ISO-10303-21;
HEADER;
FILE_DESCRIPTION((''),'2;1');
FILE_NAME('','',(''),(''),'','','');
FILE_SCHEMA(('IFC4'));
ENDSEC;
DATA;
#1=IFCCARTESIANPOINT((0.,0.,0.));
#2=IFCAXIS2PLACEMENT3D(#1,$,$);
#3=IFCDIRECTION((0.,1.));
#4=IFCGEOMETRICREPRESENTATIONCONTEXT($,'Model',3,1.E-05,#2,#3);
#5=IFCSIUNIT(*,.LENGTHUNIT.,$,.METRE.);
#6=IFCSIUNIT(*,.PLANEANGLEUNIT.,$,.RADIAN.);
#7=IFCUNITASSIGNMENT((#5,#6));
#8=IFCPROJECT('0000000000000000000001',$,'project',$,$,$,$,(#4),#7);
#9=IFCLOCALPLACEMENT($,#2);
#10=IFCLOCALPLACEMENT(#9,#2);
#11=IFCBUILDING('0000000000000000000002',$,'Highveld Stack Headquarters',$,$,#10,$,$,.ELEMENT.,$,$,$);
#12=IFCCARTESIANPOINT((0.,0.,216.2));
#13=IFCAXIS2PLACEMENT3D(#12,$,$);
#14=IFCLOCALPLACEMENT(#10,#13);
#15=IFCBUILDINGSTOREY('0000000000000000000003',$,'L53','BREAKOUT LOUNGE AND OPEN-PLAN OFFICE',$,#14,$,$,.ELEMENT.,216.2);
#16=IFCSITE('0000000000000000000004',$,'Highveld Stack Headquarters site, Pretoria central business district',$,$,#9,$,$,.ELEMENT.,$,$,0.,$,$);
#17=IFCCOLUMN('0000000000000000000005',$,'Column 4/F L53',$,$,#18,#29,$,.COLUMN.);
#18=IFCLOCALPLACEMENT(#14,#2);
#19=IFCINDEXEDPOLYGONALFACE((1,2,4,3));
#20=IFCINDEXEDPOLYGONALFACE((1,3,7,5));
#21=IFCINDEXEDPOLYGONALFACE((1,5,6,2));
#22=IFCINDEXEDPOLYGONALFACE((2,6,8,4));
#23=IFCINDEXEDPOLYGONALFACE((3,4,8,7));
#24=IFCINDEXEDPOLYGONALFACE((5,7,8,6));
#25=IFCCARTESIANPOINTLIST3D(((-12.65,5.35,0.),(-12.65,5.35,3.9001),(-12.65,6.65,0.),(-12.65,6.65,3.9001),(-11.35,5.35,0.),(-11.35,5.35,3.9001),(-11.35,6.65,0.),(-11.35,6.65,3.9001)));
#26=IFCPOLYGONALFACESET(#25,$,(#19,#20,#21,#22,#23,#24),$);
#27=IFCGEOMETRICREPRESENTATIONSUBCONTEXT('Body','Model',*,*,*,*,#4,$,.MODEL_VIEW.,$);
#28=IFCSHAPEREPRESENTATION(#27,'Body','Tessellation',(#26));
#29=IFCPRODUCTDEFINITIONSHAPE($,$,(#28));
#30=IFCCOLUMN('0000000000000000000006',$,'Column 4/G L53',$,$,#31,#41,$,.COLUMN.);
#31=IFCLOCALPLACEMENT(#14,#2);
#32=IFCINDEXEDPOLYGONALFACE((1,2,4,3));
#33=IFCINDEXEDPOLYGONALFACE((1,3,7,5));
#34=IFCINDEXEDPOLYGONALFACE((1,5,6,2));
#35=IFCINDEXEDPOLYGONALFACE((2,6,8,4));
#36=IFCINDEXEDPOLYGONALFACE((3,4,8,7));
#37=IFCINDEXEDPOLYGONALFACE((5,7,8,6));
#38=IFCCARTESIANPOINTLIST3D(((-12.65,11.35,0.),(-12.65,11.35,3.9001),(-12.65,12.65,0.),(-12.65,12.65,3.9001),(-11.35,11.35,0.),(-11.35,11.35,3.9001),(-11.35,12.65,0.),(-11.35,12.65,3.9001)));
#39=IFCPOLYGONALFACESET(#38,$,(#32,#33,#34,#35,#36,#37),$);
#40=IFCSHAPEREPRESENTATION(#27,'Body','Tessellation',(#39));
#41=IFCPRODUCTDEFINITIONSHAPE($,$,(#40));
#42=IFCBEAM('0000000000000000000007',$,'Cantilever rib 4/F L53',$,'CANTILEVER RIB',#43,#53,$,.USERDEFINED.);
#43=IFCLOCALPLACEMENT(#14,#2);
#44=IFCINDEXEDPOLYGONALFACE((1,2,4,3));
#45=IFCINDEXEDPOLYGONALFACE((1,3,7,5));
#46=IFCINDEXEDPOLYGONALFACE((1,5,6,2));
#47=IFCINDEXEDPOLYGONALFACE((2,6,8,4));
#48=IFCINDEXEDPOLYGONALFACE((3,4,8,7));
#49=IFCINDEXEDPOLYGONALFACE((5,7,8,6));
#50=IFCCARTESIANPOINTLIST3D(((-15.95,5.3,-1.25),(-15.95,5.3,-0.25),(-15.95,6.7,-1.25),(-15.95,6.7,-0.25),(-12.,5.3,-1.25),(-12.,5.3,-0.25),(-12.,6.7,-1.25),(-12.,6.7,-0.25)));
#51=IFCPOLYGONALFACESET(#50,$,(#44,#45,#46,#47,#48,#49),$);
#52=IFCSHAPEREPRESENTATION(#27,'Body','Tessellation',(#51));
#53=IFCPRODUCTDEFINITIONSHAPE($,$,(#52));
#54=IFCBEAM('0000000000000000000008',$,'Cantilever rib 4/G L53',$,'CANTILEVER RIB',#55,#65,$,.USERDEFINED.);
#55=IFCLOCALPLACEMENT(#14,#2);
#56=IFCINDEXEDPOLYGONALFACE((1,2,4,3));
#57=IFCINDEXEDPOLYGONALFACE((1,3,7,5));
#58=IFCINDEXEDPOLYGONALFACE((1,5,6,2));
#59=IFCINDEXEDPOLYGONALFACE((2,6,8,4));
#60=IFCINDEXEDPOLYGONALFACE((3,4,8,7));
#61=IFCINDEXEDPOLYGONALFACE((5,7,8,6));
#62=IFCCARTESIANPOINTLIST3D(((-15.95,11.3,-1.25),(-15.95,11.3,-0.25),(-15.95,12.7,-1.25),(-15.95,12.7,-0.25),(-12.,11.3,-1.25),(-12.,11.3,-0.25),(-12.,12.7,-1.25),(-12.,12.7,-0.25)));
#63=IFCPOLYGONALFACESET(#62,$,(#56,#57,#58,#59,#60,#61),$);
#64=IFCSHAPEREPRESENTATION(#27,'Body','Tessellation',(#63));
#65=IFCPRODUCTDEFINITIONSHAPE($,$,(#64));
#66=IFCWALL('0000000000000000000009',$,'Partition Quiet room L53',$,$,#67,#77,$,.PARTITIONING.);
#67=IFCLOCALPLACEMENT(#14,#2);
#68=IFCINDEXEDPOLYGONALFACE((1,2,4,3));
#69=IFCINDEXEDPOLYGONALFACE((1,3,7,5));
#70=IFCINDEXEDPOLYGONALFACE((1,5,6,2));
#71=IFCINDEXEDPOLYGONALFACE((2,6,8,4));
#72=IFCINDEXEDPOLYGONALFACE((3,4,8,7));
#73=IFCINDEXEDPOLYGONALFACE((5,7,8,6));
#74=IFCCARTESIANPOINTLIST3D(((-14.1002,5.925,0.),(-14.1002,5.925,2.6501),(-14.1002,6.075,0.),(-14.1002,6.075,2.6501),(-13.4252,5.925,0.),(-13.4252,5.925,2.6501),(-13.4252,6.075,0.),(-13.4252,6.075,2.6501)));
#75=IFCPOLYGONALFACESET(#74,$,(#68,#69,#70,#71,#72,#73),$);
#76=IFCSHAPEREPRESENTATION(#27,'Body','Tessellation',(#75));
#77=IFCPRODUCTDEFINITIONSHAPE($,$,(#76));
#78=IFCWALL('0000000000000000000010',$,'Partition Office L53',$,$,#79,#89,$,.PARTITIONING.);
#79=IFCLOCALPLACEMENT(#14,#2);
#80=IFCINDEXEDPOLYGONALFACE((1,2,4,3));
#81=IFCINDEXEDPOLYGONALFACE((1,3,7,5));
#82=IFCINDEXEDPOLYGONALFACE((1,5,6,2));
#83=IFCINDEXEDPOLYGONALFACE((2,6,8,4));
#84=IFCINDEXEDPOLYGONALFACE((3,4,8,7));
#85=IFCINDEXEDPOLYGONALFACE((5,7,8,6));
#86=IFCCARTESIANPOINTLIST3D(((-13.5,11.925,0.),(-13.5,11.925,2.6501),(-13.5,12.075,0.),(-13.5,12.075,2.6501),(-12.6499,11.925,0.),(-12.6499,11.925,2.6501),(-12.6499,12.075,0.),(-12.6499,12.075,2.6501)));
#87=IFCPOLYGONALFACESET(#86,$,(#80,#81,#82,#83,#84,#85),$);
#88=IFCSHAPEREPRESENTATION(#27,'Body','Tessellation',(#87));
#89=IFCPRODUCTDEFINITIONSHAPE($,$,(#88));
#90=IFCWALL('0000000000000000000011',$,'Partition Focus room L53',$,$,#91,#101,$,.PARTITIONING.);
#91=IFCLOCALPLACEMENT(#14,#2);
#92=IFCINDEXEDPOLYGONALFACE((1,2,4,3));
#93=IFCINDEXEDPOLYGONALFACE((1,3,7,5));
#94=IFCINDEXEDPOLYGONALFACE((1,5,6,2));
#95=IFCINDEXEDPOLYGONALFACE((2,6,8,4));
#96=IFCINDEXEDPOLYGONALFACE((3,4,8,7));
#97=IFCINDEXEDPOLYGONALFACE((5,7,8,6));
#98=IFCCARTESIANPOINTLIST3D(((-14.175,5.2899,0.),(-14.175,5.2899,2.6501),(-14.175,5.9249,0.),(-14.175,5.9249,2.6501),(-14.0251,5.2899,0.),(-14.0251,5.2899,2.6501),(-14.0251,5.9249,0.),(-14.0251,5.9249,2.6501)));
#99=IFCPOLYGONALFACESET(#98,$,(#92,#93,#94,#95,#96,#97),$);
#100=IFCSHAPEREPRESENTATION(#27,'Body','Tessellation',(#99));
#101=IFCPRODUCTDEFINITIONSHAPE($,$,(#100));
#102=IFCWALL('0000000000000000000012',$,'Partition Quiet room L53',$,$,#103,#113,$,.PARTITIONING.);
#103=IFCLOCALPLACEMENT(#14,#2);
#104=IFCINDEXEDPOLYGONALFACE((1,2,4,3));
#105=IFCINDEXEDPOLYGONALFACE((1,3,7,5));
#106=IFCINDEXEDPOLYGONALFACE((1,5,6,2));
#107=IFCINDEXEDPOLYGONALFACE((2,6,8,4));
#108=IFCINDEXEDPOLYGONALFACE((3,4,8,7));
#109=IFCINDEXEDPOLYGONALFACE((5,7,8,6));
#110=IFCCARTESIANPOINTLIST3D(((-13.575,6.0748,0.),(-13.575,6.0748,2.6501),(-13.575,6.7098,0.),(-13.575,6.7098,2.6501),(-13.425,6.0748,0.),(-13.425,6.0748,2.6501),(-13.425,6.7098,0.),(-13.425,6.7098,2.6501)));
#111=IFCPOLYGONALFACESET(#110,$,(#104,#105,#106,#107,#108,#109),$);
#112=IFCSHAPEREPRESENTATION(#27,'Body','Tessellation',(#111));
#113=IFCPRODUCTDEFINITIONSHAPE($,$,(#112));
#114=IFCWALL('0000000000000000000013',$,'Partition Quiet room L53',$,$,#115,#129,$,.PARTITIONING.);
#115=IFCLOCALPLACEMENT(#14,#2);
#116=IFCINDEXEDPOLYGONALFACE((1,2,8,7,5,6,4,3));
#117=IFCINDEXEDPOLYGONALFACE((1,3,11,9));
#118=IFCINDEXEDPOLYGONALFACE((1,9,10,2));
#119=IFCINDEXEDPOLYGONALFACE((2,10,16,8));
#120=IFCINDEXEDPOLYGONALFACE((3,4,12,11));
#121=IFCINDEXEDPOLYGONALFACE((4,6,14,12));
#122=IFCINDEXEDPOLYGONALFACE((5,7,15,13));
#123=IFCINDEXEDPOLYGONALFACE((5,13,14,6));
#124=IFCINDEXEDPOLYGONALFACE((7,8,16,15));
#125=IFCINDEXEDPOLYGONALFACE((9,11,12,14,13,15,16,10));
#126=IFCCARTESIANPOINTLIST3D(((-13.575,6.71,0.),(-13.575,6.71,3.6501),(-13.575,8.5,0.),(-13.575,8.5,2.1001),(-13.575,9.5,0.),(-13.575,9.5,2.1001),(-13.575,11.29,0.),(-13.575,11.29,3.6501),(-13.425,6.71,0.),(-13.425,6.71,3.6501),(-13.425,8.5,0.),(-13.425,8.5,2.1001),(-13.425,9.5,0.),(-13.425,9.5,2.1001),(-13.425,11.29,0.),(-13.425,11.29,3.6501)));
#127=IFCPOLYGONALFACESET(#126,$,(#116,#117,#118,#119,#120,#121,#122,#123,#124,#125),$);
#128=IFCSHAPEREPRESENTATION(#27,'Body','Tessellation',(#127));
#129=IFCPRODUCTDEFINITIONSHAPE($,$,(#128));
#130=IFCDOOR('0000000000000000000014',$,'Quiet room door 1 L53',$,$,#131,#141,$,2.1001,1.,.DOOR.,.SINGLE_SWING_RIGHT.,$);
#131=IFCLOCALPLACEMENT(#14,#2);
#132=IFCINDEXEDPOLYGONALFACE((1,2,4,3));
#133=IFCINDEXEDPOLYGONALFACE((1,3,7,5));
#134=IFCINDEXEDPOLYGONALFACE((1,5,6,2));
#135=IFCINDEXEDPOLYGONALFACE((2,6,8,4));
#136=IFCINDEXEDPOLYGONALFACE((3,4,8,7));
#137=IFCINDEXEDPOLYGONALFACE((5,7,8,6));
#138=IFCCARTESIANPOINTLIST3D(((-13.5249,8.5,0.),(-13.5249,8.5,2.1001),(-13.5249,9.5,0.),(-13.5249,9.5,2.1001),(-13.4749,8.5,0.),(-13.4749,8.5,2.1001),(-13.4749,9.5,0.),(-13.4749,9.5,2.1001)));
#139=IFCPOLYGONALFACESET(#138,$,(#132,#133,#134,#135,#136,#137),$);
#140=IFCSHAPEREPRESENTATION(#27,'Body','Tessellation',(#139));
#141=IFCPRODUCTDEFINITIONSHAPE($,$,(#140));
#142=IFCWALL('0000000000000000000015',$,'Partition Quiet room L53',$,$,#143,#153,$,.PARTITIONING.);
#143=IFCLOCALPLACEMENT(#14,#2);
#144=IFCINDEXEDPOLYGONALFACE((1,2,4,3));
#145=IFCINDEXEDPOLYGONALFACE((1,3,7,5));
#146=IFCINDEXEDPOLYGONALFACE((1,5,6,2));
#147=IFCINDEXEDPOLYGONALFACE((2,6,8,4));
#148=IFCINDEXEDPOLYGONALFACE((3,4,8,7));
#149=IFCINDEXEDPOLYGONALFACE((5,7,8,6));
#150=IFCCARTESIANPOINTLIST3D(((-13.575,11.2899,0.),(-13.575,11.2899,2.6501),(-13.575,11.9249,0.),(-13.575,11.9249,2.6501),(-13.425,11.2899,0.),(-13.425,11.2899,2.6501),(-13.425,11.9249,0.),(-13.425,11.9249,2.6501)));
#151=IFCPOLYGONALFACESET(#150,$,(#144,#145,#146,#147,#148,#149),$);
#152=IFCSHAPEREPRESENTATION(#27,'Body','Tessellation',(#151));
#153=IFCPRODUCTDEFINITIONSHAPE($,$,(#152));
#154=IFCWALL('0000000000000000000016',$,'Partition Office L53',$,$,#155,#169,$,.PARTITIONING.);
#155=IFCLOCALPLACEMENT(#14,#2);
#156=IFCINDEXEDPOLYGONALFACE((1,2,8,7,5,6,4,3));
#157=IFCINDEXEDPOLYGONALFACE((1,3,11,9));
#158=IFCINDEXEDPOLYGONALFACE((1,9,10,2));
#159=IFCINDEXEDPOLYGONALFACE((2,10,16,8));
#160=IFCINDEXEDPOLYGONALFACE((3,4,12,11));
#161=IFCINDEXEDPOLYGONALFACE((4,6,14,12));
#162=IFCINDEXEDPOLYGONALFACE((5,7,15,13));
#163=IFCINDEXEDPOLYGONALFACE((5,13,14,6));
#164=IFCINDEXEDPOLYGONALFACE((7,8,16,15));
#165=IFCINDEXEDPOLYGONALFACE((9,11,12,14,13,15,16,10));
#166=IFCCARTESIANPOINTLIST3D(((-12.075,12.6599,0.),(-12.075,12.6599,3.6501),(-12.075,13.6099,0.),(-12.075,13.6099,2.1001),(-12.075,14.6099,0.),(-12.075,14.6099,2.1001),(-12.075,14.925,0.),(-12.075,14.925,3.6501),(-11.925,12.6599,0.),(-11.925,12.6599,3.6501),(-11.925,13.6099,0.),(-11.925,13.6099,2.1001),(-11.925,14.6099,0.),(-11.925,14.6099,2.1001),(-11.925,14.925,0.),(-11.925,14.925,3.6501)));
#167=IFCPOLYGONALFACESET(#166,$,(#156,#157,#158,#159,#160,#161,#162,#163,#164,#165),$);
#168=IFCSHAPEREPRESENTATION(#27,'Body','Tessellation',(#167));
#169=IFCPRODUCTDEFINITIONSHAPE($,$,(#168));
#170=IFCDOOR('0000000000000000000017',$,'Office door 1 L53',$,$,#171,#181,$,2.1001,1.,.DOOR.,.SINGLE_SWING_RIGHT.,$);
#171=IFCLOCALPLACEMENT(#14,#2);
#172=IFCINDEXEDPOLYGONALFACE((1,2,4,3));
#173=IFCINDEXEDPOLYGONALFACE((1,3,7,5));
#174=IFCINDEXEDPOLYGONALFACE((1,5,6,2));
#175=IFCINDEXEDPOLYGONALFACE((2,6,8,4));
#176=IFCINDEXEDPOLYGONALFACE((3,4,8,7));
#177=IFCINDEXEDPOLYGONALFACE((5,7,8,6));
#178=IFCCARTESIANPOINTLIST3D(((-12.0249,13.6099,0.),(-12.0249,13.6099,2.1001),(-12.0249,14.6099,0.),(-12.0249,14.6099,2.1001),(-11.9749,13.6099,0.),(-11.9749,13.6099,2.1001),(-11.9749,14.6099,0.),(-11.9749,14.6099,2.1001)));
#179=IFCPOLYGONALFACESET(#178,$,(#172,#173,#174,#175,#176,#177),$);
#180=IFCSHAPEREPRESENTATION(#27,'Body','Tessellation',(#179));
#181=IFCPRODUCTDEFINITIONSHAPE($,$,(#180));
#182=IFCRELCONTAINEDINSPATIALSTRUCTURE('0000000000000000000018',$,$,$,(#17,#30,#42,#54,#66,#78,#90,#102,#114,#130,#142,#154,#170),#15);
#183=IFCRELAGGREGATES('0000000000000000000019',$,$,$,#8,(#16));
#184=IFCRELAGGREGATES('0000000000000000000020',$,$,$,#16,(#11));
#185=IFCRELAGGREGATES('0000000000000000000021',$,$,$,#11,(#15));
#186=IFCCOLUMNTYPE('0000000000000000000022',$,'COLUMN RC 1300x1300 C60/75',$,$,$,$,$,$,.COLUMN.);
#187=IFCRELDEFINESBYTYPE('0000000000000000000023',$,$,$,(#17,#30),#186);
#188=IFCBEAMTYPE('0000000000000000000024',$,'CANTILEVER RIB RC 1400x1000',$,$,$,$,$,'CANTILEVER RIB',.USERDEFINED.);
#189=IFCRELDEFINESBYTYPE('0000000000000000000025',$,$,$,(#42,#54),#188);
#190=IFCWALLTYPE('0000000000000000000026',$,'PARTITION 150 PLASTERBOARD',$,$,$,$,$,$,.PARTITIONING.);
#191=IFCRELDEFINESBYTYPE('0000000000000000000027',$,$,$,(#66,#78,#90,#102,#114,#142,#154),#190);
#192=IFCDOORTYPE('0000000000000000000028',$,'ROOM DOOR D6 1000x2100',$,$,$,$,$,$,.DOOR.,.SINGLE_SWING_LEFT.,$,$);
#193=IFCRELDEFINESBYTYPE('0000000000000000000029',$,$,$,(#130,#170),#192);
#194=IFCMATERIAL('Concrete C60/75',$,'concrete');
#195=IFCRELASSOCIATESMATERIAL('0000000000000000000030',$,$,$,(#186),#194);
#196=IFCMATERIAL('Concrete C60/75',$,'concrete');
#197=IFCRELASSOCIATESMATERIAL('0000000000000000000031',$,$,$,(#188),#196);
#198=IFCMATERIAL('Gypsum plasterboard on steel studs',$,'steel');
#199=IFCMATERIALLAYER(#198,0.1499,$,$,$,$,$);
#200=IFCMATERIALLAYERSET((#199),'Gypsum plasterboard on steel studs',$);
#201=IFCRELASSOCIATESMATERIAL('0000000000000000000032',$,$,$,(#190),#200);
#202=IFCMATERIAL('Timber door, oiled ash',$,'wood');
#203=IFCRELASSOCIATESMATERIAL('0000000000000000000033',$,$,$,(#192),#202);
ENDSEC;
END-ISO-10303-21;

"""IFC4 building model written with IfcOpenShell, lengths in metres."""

from ifc_helpers import new_model, si_unit, direction, frame, frame_2d, origin, origin_2d, place, context, subcontext, project, spatial, rectangle, extrude, material, layer, layer_set, material_profile, profile_set, type_object, element, fill, save


model = new_model("IFC4")

# Units and contexts
model_context = context("Model", 3, precision=1e-05, world=origin(), true_north=direction((0.0, 1.0)))
body_context = subcontext(model_context, "Body", "Model", "MODEL_VIEW")
ifc_project = project(units=[si_unit("LENGTHUNIT", "METRE"), si_unit("PLANEANGLEUNIT", "RADIAN")], contexts=[model_context])

# Site, building, storey
site_placement = place(None, origin())
site = spatial("IfcSite", under=ifc_project, at=site_placement, Name="Highveld Stack Headquarters site, Pretoria central business district", CompositionType="ELEMENT", RefElevation=0.0)
building_placement = place(site_placement, origin())
building = spatial("IfcBuilding", under=site, at=building_placement, Name="Highveld Stack Headquarters", CompositionType="ELEMENT")
storey_placement = place(building_placement, frame((0.0, 0.0, 216.2)))
storey = spatial("IfcBuildingStorey", under=building, at=storey_placement, Name="L53", Description="BREAKOUT LOUNGE AND OPEN-PLAN OFFICE", CompositionType="ELEMENT", Elevation=216.2)

# Columns
ifc_material_1 = material(Name="Concrete C60/75", Category="concrete")
ifc_material_profile_1 = material_profile(ifc_material_1, rectangle(XDim=1.3, YDim=1.3, at=origin_2d()), Name="RC 1300x1300")
ifc_profile_set_1 = profile_set([ifc_material_profile_1], Name="Concrete C60/75")
column_type = type_object("IfcColumnType", Name="COLUMN RC 1300x1300 C60/75", PredefinedType="COLUMN", material=ifc_profile_set_1)
for number, where, z_axis, x_axis, name in (
    (1, (-12.0, 6.0, 0.0), (0.0, 0.0, 1.0), (1.0, 0.0, 0.0), "Column 4/F L53"),
    (2, (-12.0, 12.0, 0.0), (0.0, 0.0, 1.0), (1.0, 0.0, 0.0), "Column 4/G L53"),
):
    element("IfcColumn", number, at=place(storey_placement, frame(where, z_axis=z_axis, x_axis=x_axis)), inside=storey, type_object=column_type, Name=name, PredefinedType="COLUMN", context=body_context, shape_type="SweptSolid", body=[
        extrude(rectangle(XDim=1.3, YDim=1.3, at=origin_2d()), origin(), (0.0, 0.0, 1.0), 3.9001),
    ])

# Beams
ifc_material_2 = material(Name="Concrete C60/75", Category="concrete")
ifc_material_profile_2 = material_profile(ifc_material_2, rectangle(XDim=1.3999, YDim=1.0, at=origin_2d()), Name="RC 1400x1000")
ifc_profile_set_2 = profile_set([ifc_material_profile_2], Name="Concrete C60/75")
beam_type = type_object("IfcBeamType", Name="CANTILEVER RIB RC 1400x1000", ElementType="CANTILEVER RIB", PredefinedType="USERDEFINED", material=ifc_profile_set_2)
for number, where, z_axis, x_axis, name in (
    (3, (-12.0, 6.0, -0.75), (-1.0, 0.0, 0.0), (0.0, -1.0, 0.0), "Cantilever rib 4/F L53"),
    (4, (-12.0, 12.0, -0.75), (-1.0, 0.0, 0.0), (0.0, -1.0, 0.0), "Cantilever rib 4/G L53"),
):
    element("IfcBeam", number, at=place(storey_placement, frame(where, z_axis=z_axis, x_axis=x_axis)), inside=storey, type_object=beam_type, Name=name, ObjectType="CANTILEVER RIB", PredefinedType="USERDEFINED", context=body_context, shape_type="SweptSolid", body=[
        extrude(rectangle(XDim=1.3999, YDim=1.0, at=origin_2d()), origin(), (0.0, 0.0, 1.0), 3.95),
    ])

# Walls
ifc_material_3 = material(Name="Gypsum plasterboard on steel studs", Category="steel")
ifc_layer = layer(ifc_material_3, 0.1499)
ifc_layer_set = layer_set([ifc_layer], Name="Gypsum plasterboard on steel studs")
wall_type = type_object("IfcWallType", Name="PARTITION 150 PLASTERBOARD", PredefinedType="PARTITIONING", material=ifc_layer_set)
wall_1_placement = place(storey_placement, frame((-14.1001, 6.0, 0.0), z_axis=(0.0, 0.0, 1.0), x_axis=(1.0, 0.0, 0.0)))
element("IfcWall", 5, at=wall_1_placement, inside=storey, type_object=wall_type, Name="Partition Quiet room L53", PredefinedType="PARTITIONING", context=body_context, shape_type="SweptSolid", body=[
    extrude(rectangle(XDim=0.675, YDim=0.1499, at=frame_2d((0.3374, 0.0))), origin(), (0.0, 0.0, 1.0), 2.6501),
])
wall_2_placement = place(storey_placement, frame((-13.5, 12.0, 0.0), z_axis=(0.0, 0.0, 1.0), x_axis=(1.0, 0.0, 0.0)))
element("IfcWall", 6, at=wall_2_placement, inside=storey, type_object=wall_type, Name="Partition Office L53", PredefinedType="PARTITIONING", context=body_context, shape_type="SweptSolid", body=[
    extrude(rectangle(XDim=0.8501, YDim=0.1499, at=frame_2d((0.425, 0.0))), origin(), (0.0, 0.0, 1.0), 2.6501),
])
for number, where, z_axis, x_axis, name in (
    (7, (-14.1001, 5.29, 0.0), (0.0, 0.0, 1.0), (0.0, 1.0, 0.0), "Partition Focus room L53"),
    (8, (-13.5, 6.075, 0.0), (0.0, 0.0, 1.0), (0.0, 1.0, 0.0), "Partition Quiet room L53"),
):
    element("IfcWall", number, at=place(storey_placement, frame(where, z_axis=z_axis, x_axis=x_axis)), inside=storey, type_object=wall_type, Name=name, PredefinedType="PARTITIONING", context=body_context, shape_type="SweptSolid", body=[
        extrude(rectangle(XDim=0.635, YDim=0.1499, at=frame_2d((0.3174, 0.0))), origin(), (0.0, 0.0, 1.0), 2.6501),
    ])

# Wall, opening, door
wall_3_placement = place(storey_placement, frame((-13.5, 6.71, 0.0), z_axis=(0.0, 0.0, 1.0), x_axis=(0.0, 1.0, 0.0)))
wall_3 = element("IfcWall", 9, at=wall_3_placement, inside=storey, type_object=wall_type, Name="Partition Quiet room L53", PredefinedType="PARTITIONING", context=body_context, shape_type="SweptSolid", body=[
    extrude(rectangle(XDim=4.5801, YDim=0.1499, at=frame_2d((2.29, 0.0))), origin(), (0.0, 0.0, 1.0), 3.6501),
])
opening_1_placement = place(wall_3_placement, frame((1.79, 0.0, 0.0)))
opening_1 = element("IfcOpeningElement", 10, at=opening_1_placement, cuts=wall_3, PredefinedType="OPENING", context=body_context, shape_type="SweptSolid", body=[
    extrude(rectangle(XDim=1.0, YDim=2.1001, at=frame_2d((0.5, 1.05))), frame((0.0, 0.085, 0.0), z_axis=(0.0, -1.0, 0.0), x_axis=(1.0, 0.0, 0.0)), (0.0, 0.0, 1.0), 0.1699),
])
ifc_material_4 = material(Name="Timber door, oiled ash", Category="wood")
door_type = type_object("IfcDoorType", Name="ROOM DOOR D6 1000x2100", OperationType="SINGLE_SWING_LEFT", PredefinedType="DOOR", material=ifc_material_4)
door_1_placement = place(opening_1_placement, origin())
door_1 = element("IfcDoor", 11, at=door_1_placement, inside=storey, type_object=door_type, Name="Quiet room door 1 L53", OperationType="SINGLE_SWING_RIGHT", OverallHeight=2.1001, OverallWidth=1.0, PredefinedType="DOOR", context=body_context, shape_type="SweptSolid", body=[
    extrude(rectangle(XDim=1.0, YDim=2.1001, at=frame_2d((0.5, 1.05))), frame((0.0, 0.0249, 0.0), z_axis=(0.0, -1.0, 0.0), x_axis=(1.0, 0.0, 0.0)), (0.0, 0.0, 1.0), 0.05),
])
fill(opening_1, door_1)

# Wall
wall_4_placement = place(storey_placement, frame((-13.5, 11.29, 0.0), z_axis=(0.0, 0.0, 1.0), x_axis=(0.0, 1.0, 0.0)))
element("IfcWall", 12, at=wall_4_placement, inside=storey, type_object=wall_type, Name="Partition Quiet room L53", PredefinedType="PARTITIONING", context=body_context, shape_type="SweptSolid", body=[
    extrude(rectangle(XDim=0.635, YDim=0.1499, at=frame_2d((0.3174, 0.0))), origin(), (0.0, 0.0, 1.0), 2.6501),
])

# Wall, opening, door
wall_5_placement = place(storey_placement, frame((-12.0, 12.6599, 0.0), z_axis=(0.0, 0.0, 1.0), x_axis=(0.0, 1.0, 0.0)))
wall_5 = element("IfcWall", 13, at=wall_5_placement, inside=storey, type_object=wall_type, Name="Partition Office L53", PredefinedType="PARTITIONING", context=body_context, shape_type="SweptSolid", body=[
    extrude(rectangle(XDim=2.2651, YDim=0.1499, at=frame_2d((1.1326, 0.0))), origin(), (0.0, 0.0, 1.0), 3.6501),
])
opening_2_placement = place(wall_5_placement, frame((0.95, 0.0, 0.0)))
opening_2 = element("IfcOpeningElement", 14, at=opening_2_placement, cuts=wall_5, PredefinedType="OPENING", context=body_context, shape_type="SweptSolid", body=[
    extrude(rectangle(XDim=1.0, YDim=2.1001, at=frame_2d((0.5, 1.05))), frame((0.0, 0.085, 0.0), z_axis=(0.0, -1.0, 0.0), x_axis=(1.0, 0.0, 0.0)), (0.0, 0.0, 1.0), 0.1699),
])
door_2_placement = place(opening_2_placement, origin())
door_2 = element("IfcDoor", 15, at=door_2_placement, inside=storey, type_object=door_type, Name="Office door 1 L53", OperationType="SINGLE_SWING_RIGHT", OverallHeight=2.1001, OverallWidth=1.0, PredefinedType="DOOR", context=body_context, shape_type="SweptSolid", body=[
    extrude(rectangle(XDim=1.0, YDim=2.1001, at=frame_2d((0.5, 1.05))), frame((0.0, 0.0249, 0.0), z_axis=(0.0, -1.0, 0.0), x_axis=(1.0, 0.0, 0.0)), (0.0, 0.0, 1.0), 0.05),
])
fill(opening_2, door_2)

save(model, "model.ifc")
